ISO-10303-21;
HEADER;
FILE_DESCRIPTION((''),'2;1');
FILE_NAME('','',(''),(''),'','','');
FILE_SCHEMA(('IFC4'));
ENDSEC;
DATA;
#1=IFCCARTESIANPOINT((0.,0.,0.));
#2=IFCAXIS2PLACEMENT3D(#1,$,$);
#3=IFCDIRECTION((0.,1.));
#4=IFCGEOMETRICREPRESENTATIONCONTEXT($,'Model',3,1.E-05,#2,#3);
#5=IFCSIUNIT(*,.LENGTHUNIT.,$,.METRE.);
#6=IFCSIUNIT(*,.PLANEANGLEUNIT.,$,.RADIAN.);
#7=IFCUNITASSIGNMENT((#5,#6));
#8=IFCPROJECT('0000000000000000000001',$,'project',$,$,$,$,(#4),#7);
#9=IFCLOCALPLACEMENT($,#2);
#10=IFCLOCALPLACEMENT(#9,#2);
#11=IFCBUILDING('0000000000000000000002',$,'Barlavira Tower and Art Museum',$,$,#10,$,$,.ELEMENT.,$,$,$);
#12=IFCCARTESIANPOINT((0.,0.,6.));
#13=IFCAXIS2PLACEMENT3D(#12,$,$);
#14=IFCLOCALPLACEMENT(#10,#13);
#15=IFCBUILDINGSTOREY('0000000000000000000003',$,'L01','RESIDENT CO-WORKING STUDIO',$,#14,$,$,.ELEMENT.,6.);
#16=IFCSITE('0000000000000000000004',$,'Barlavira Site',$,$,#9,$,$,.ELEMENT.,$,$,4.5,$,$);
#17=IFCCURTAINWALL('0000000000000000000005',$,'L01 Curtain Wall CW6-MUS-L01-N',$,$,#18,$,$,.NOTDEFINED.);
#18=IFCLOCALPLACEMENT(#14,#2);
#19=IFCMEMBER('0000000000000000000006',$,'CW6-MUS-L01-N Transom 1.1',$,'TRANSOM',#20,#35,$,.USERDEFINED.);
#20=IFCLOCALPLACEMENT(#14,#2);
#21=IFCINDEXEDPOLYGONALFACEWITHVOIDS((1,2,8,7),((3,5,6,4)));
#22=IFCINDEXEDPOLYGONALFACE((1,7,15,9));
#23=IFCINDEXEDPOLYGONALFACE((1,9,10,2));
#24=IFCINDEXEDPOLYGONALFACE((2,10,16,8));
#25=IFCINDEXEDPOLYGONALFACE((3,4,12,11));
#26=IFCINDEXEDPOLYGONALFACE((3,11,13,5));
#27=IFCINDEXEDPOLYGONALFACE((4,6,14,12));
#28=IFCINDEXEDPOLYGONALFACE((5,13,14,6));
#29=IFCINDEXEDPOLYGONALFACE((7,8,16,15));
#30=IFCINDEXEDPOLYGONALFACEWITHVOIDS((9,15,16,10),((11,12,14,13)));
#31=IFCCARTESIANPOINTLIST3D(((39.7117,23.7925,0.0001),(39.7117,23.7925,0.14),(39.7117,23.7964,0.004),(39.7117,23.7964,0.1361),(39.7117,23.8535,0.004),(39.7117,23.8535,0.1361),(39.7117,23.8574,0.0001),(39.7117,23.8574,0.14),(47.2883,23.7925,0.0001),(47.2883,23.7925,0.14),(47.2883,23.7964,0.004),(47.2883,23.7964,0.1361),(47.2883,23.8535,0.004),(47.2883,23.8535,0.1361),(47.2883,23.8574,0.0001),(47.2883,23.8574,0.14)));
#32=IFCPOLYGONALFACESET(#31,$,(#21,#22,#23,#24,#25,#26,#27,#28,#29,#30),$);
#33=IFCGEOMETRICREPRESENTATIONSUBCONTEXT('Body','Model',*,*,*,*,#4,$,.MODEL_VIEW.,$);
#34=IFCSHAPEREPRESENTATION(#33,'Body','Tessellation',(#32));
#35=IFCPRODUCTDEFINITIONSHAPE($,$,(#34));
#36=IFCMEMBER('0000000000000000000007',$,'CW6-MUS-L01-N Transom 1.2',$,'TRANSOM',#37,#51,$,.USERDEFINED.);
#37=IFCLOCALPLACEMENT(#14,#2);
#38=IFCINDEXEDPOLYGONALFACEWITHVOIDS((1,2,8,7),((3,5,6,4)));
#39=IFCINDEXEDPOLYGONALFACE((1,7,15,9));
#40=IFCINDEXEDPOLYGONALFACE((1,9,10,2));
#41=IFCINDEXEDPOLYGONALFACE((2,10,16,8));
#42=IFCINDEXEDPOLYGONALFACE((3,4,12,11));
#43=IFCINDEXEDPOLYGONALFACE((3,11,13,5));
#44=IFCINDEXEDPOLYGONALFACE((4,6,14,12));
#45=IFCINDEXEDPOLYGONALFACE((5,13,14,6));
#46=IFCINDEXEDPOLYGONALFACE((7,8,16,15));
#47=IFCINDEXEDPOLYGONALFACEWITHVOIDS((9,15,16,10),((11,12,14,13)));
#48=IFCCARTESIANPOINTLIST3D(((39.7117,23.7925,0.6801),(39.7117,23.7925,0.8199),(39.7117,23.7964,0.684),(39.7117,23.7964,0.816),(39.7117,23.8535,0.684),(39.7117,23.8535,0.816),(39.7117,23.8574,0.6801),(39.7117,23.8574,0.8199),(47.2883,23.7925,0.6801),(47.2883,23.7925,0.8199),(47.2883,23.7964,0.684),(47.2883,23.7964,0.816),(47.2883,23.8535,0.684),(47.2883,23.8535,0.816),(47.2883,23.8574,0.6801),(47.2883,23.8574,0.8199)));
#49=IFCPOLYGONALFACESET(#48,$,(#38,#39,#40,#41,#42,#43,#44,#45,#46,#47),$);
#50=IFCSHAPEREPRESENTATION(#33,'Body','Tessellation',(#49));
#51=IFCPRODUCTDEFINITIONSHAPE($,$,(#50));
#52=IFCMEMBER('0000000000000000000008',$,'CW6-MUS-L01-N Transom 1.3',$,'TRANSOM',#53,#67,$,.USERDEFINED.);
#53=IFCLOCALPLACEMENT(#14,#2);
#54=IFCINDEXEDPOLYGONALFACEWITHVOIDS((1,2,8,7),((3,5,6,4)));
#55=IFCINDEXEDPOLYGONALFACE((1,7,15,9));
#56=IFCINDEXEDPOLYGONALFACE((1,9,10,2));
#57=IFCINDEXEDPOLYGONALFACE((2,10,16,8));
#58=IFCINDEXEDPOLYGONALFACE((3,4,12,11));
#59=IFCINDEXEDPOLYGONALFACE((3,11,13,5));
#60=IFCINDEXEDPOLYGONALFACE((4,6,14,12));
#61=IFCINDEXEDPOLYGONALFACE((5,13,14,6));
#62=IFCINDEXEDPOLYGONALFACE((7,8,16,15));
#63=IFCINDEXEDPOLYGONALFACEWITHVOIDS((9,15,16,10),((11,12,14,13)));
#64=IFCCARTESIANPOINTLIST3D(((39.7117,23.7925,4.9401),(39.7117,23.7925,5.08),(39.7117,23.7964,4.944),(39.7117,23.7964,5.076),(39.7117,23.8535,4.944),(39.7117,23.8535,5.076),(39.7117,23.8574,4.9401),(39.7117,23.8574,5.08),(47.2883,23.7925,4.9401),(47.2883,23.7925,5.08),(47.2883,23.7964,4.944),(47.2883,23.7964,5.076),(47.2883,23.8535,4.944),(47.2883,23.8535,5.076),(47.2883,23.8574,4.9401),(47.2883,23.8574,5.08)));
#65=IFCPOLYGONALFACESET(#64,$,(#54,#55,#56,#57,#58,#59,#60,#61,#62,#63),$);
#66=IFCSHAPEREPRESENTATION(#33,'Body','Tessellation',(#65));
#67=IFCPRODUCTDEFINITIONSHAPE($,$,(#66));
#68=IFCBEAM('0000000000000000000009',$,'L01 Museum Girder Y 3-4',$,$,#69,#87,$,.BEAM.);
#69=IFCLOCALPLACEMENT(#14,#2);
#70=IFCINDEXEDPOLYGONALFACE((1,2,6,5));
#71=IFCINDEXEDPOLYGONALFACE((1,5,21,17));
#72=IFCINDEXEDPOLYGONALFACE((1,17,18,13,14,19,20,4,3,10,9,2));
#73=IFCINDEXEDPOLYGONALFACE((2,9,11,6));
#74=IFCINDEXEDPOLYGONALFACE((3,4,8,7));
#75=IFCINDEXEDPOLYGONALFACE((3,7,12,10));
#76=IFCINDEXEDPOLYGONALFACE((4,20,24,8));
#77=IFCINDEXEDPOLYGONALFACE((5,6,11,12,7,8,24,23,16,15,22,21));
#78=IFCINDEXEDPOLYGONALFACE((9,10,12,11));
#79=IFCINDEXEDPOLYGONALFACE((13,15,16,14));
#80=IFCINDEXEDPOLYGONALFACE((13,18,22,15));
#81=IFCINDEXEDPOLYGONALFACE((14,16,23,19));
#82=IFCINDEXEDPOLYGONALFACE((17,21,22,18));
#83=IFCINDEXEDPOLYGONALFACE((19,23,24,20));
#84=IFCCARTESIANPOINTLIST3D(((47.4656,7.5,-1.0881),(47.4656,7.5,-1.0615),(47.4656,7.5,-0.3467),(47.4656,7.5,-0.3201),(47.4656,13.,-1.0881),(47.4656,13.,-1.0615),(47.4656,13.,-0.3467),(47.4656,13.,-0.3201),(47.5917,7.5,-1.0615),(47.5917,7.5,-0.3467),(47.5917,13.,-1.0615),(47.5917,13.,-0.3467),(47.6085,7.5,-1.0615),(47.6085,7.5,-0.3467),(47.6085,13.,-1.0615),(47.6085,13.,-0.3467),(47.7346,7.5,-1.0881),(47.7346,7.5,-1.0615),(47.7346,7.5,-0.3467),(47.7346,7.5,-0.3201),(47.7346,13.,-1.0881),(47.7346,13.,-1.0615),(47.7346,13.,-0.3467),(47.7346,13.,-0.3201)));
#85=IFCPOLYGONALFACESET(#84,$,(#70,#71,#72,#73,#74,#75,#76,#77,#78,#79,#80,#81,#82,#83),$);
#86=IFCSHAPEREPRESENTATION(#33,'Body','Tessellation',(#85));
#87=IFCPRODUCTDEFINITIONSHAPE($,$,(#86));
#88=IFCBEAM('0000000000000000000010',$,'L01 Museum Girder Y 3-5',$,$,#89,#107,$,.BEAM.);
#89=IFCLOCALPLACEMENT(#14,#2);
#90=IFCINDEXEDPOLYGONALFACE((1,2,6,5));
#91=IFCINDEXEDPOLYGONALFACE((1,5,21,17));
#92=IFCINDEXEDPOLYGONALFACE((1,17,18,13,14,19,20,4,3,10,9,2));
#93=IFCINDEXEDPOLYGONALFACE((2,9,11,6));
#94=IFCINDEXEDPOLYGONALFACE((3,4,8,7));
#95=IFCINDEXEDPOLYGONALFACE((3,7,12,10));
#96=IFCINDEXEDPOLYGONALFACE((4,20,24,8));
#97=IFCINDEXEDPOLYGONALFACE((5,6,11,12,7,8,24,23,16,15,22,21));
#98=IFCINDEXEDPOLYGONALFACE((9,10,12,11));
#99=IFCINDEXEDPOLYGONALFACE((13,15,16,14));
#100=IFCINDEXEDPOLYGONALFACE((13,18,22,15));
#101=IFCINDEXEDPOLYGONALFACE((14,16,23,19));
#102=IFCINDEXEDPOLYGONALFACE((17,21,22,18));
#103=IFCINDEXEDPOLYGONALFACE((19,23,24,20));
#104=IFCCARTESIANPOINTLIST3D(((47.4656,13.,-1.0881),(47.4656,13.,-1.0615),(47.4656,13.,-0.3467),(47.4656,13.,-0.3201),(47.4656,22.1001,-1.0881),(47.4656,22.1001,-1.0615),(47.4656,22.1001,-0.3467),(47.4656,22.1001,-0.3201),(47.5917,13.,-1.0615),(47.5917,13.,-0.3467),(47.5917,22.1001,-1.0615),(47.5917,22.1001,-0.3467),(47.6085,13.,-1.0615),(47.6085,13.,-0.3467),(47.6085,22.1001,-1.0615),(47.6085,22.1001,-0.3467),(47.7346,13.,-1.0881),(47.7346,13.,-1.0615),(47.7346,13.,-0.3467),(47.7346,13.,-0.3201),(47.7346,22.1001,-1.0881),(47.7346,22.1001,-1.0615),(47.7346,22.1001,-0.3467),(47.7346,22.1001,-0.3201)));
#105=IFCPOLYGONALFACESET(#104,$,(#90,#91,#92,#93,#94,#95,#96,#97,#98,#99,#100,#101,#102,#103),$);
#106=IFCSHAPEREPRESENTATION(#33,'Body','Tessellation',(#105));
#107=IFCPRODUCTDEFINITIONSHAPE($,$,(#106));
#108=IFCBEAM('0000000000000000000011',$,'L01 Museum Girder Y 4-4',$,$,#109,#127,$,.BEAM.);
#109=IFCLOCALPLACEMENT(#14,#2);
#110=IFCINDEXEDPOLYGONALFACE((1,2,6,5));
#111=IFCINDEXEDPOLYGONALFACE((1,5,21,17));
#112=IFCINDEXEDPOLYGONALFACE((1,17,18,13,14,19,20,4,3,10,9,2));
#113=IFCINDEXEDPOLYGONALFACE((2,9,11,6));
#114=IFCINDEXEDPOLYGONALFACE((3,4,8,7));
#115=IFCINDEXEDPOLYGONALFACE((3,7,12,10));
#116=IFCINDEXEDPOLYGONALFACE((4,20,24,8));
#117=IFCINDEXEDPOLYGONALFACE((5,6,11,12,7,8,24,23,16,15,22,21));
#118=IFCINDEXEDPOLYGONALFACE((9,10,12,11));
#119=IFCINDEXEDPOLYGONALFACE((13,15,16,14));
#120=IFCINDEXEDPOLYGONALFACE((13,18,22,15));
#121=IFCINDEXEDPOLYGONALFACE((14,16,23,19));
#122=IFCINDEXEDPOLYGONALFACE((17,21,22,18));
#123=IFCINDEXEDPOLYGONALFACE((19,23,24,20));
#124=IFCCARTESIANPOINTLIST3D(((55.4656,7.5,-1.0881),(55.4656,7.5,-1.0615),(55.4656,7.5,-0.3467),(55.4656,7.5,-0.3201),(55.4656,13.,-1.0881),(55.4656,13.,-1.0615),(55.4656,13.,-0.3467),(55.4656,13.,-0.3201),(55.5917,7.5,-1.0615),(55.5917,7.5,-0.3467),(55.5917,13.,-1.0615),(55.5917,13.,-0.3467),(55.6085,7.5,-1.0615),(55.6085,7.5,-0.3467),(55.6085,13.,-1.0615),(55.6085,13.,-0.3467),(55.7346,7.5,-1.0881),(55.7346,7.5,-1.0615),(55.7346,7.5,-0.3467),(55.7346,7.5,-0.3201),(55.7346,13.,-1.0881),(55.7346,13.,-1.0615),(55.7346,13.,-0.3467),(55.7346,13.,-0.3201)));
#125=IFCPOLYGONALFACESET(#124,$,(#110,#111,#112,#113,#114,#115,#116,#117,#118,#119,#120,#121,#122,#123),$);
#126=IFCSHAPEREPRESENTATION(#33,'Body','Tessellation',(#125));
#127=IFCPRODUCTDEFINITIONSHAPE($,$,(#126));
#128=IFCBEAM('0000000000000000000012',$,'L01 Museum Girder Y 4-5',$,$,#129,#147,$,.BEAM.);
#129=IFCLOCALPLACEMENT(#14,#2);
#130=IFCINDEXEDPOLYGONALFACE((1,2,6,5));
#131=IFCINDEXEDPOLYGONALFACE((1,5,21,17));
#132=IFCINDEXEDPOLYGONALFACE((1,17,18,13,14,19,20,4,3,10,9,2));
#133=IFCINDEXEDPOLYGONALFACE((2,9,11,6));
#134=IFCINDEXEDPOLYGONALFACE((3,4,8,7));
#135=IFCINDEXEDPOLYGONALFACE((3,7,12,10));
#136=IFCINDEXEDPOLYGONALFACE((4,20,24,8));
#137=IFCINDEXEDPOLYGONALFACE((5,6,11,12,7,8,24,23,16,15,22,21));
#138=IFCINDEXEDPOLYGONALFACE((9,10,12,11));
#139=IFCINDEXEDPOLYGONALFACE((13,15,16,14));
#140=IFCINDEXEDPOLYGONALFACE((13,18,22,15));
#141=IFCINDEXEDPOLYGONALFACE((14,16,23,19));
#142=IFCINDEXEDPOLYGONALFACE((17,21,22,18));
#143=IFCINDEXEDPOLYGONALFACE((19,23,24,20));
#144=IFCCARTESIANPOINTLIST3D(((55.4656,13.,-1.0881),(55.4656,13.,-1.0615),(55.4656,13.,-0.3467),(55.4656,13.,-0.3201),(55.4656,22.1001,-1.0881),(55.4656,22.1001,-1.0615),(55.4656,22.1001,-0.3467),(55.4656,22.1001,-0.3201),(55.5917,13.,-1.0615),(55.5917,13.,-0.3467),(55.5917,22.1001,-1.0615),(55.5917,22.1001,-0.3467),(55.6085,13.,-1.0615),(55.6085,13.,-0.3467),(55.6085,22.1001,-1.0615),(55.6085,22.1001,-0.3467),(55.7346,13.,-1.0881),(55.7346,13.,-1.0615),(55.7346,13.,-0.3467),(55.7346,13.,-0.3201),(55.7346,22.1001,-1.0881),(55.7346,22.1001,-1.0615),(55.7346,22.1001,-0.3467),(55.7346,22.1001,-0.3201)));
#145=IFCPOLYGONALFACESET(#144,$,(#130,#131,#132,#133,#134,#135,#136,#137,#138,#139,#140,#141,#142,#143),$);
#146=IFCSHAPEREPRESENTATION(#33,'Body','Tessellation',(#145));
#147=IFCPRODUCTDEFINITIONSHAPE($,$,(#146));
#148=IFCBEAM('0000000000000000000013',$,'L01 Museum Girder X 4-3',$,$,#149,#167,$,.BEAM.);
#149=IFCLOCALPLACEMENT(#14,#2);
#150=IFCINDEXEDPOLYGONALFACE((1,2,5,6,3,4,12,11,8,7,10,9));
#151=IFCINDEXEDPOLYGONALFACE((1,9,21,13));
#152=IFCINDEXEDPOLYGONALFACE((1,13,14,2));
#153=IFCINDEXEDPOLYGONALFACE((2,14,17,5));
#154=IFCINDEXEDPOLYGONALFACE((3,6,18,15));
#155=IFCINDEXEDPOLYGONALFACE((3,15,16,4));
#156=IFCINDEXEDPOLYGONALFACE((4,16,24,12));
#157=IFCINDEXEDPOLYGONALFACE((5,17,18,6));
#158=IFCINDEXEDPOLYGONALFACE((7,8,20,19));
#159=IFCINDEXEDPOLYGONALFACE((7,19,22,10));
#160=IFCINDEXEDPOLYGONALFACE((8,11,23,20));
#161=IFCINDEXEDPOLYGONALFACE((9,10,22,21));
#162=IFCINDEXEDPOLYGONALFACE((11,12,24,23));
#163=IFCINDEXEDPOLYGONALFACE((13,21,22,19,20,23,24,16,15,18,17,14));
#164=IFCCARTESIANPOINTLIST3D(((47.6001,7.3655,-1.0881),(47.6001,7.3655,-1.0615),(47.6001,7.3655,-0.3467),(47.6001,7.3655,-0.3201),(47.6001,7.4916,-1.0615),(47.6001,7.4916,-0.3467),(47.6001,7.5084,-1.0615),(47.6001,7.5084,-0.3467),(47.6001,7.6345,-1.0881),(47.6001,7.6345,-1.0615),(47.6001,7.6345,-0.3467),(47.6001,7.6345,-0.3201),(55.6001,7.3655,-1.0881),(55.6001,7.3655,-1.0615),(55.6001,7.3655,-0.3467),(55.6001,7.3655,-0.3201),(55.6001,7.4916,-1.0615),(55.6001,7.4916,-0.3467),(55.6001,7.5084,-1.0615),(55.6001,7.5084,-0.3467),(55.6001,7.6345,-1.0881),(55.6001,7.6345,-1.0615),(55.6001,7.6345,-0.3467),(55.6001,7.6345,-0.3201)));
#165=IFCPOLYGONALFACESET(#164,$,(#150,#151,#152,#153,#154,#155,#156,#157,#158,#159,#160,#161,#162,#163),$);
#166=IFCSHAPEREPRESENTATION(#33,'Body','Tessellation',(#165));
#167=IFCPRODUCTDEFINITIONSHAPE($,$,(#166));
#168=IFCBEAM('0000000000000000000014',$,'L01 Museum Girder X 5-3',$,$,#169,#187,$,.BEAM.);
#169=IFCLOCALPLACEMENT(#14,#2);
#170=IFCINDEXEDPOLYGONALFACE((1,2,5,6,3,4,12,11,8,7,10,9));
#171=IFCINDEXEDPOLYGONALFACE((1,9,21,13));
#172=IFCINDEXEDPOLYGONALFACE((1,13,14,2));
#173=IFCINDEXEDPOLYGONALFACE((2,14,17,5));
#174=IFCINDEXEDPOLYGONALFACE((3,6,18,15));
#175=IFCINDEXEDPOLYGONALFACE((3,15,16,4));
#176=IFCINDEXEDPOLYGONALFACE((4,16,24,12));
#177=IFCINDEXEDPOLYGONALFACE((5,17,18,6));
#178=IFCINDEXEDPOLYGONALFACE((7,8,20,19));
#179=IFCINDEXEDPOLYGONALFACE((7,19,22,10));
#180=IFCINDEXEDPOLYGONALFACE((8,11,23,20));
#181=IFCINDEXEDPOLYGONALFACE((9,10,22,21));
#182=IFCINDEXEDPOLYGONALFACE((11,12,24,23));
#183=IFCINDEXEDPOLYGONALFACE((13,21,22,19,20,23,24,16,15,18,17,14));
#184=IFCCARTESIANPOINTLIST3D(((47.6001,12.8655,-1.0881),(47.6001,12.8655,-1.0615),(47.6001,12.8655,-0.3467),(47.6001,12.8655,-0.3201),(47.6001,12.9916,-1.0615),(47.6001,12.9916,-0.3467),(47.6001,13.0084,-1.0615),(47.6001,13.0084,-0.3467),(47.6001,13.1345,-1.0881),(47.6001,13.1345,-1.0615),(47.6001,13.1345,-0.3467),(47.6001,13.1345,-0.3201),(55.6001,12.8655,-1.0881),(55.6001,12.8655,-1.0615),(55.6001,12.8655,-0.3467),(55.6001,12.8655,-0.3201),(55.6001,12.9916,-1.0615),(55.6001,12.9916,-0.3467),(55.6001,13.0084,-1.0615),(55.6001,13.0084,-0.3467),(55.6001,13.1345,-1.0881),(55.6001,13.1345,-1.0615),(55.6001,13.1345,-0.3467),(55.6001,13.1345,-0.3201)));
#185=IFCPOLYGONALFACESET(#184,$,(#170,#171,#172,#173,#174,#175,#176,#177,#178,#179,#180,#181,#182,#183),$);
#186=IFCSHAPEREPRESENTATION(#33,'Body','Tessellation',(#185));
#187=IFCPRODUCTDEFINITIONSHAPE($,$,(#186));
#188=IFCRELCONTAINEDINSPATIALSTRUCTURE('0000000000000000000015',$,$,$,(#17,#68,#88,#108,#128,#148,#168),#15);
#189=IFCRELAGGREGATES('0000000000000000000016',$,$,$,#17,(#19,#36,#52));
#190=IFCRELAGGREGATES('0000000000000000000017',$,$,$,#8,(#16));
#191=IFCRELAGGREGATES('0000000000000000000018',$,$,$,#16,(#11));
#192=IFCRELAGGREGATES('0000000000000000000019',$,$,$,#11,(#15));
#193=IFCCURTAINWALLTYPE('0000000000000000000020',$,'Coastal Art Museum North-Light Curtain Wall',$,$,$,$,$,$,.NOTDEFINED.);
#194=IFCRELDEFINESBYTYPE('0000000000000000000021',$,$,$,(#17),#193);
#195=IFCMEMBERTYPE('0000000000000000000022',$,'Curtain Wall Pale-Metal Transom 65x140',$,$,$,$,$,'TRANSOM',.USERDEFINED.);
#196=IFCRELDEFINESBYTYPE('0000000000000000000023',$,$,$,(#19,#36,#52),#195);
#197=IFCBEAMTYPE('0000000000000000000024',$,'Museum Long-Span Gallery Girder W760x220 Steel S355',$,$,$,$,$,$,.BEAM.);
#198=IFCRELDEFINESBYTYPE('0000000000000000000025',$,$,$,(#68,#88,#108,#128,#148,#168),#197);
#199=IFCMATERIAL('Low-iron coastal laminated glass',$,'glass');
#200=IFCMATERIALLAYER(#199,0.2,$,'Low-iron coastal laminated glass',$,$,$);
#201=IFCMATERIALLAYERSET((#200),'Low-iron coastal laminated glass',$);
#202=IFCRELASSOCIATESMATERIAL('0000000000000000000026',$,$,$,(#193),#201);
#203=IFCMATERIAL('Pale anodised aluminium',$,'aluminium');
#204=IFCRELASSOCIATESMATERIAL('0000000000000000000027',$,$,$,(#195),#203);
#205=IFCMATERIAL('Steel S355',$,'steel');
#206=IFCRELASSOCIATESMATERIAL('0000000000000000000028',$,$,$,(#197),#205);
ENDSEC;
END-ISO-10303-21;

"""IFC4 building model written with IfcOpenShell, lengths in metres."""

from ifc_helpers import new_model, si_unit, direction, frame, origin, origin_2d, place, context, subcontext, project, spatial, hollow_rectangle, i_section, extrude, material, layer, layer_set, material_profile, profile_set, type_object, element, aggregate, save


model = new_model("IFC4")

# Units and contexts
model_context = context("Model", 3, precision=1e-05, world=origin(), true_north=direction((0.0, 1.0)))
body_context = subcontext(model_context, "Body", "Model", "MODEL_VIEW")
ifc_project = project(units=[si_unit("LENGTHUNIT", "METRE"), si_unit("PLANEANGLEUNIT", "RADIAN")], contexts=[model_context])

# Site, building, storey
site_placement = place(None, origin())
site = spatial("IfcSite", under=ifc_project, at=site_placement, Name="Barlavira Site", CompositionType="ELEMENT", RefElevation=4.5)
building_placement = place(site_placement, origin())
building = spatial("IfcBuilding", under=site, at=building_placement, Name="Barlavira Tower and Art Museum", CompositionType="ELEMENT")
storey_placement = place(building_placement, frame((0.0, 0.0, 6.0)))
storey = spatial("IfcBuildingStorey", under=building, at=storey_placement, Name="L01", Description="RESIDENT CO-WORKING STUDIO", CompositionType="ELEMENT", Elevation=6.0)

# Curtain wall, members
ifc_material_1 = material(Name="Low-iron coastal laminated glass", Category="glass")
ifc_layer_1 = layer(ifc_material_1, 0.2, Name="Low-iron coastal laminated glass")
ifc_layer_set_1 = layer_set([ifc_layer_1], Name="Low-iron coastal laminated glass")
curtain_wall_type = type_object("IfcCurtainWallType", Name="Coastal Art Museum North-Light Curtain Wall", PredefinedType="NOTDEFINED", material=ifc_layer_set_1)
curtain_wall_placement = place(storey_placement, origin())
curtain_wall = element("IfcCurtainWall", 1, at=curtain_wall_placement, inside=storey, type_object=curtain_wall_type, Name="L01 Curtain Wall CW6-MUS-L01-N", PredefinedType="NOTDEFINED")
ifc_material_2 = material(Name="Pale anodised aluminium", Category="aluminium")
ifc_material_profile_1 = material_profile(ifc_material_2, hollow_rectangle(XDim=0.0649, YDim=0.1399, WallThickness=0.0039, at=origin_2d()), Name="ALU-TRAN 65x140x4")
ifc_profile_set_1 = profile_set([ifc_material_profile_1], Name="Pale anodised aluminium")
member_type_1 = type_object("IfcMemberType", Name="Curtain Wall Pale-Metal Transom 65x140", ElementType="TRANSOM", PredefinedType="USERDEFINED", material=ifc_profile_set_1)
member_1_placement = place(storey_placement, frame((47.2883, 23.825, 0.0701), z_axis=(-1.0, 0.0, 0.0), x_axis=(0.0, -1.0, 0.0)))
member_1 = element("IfcMember", 2, at=member_1_placement, type_object=member_type_1, Name="CW6-MUS-L01-N Transom 1.1", ObjectType="TRANSOM", PredefinedType="USERDEFINED", context=body_context, shape_type="SweptSolid", body=[
    extrude(hollow_rectangle(XDim=0.0649, YDim=0.1399, WallThickness=0.0039, at=origin_2d()), origin(), (0.0, 0.0, 1.0), 7.5767),
])
member_2_placement = place(storey_placement, frame((47.2883, 23.825, 0.75), z_axis=(-1.0, 0.0, 0.0), x_axis=(0.0, -1.0, 0.0)))
member_2 = element("IfcMember", 3, at=member_2_placement, type_object=member_type_1, Name="CW6-MUS-L01-N Transom 1.2", ObjectType="TRANSOM", PredefinedType="USERDEFINED", context=body_context, shape_type="SweptSolid", body=[
    extrude(hollow_rectangle(XDim=0.0649, YDim=0.1399, WallThickness=0.0039, at=origin_2d()), origin(), (0.0, 0.0, 1.0), 7.5767),
])
member_3_placement = place(storey_placement, frame((47.2883, 23.825, 5.01), z_axis=(-1.0, 0.0, 0.0), x_axis=(0.0, -1.0, 0.0)))
member_3 = element("IfcMember", 4, at=member_3_placement, type_object=member_type_1, Name="CW6-MUS-L01-N Transom 1.3", ObjectType="TRANSOM", PredefinedType="USERDEFINED", context=body_context, shape_type="SweptSolid", body=[
    extrude(hollow_rectangle(XDim=0.0649, YDim=0.1399, WallThickness=0.0039, at=origin_2d()), origin(), (0.0, 0.0, 1.0), 7.5767),
])

# Beams
ifc_material_3 = material(Name="Steel S355", Category="steel")
ifc_material_profile_2 = material_profile(ifc_material_3, i_section(OverallWidth=0.269, OverallDepth=0.7681, WebThickness=0.0168, FlangeThickness=0.0266, at=origin_2d()), Name="W760x220.0")
ifc_profile_set_2 = profile_set([ifc_material_profile_2], Name="Steel S355")
beam_type_1 = type_object("IfcBeamType", Name="Museum Long-Span Gallery Girder W760x220 Steel S355", PredefinedType="BEAM", material=ifc_profile_set_2)
beam_1_placement = place(storey_placement, frame((47.6001, 7.5, -0.7041), z_axis=(0.0, 1.0, 0.0), x_axis=(-1.0, 0.0, 0.0)))
element("IfcBeam", 5, at=beam_1_placement, inside=storey, type_object=beam_type_1, Name="L01 Museum Girder Y 3-4", PredefinedType="BEAM", context=body_context, shape_type="SweptSolid", body=[
    extrude(i_section(OverallWidth=0.269, OverallDepth=0.7681, WebThickness=0.0168, FlangeThickness=0.0266, at=origin_2d()), origin(), (0.0, 0.0, 1.0), 5.5),
])
beam_2_placement = place(storey_placement, frame((47.6001, 13.0, -0.7041), z_axis=(0.0, 1.0, 0.0), x_axis=(-1.0, 0.0, 0.0)))
element("IfcBeam", 6, at=beam_2_placement, inside=storey, type_object=beam_type_1, Name="L01 Museum Girder Y 3-5", PredefinedType="BEAM", context=body_context, shape_type="SweptSolid", body=[
    extrude(i_section(OverallWidth=0.269, OverallDepth=0.7681, WebThickness=0.0168, FlangeThickness=0.0266, at=origin_2d()), origin(), (0.0, 0.0, 1.0), 9.1001),
])
beam_3_placement = place(storey_placement, frame((55.6001, 7.5, -0.7041), z_axis=(0.0, 1.0, 0.0), x_axis=(-1.0, 0.0, 0.0)))
element("IfcBeam", 7, at=beam_3_placement, inside=storey, type_object=beam_type_1, Name="L01 Museum Girder Y 4-4", PredefinedType="BEAM", context=body_context, shape_type="SweptSolid", body=[
    extrude(i_section(OverallWidth=0.269, OverallDepth=0.7681, WebThickness=0.0168, FlangeThickness=0.0266, at=origin_2d()), origin(), (0.0, 0.0, 1.0), 5.5),
])
beam_4_placement = place(storey_placement, frame((55.6001, 13.0, -0.7041), z_axis=(0.0, 1.0, 0.0), x_axis=(-1.0, 0.0, 0.0)))
element("IfcBeam", 8, at=beam_4_placement, inside=storey, type_object=beam_type_1, Name="L01 Museum Girder Y 4-5", PredefinedType="BEAM", context=body_context, shape_type="SweptSolid", body=[
    extrude(i_section(OverallWidth=0.269, OverallDepth=0.7681, WebThickness=0.0168, FlangeThickness=0.0266, at=origin_2d()), origin(), (0.0, 0.0, 1.0), 9.1001),
])
for number, where, z_axis, x_axis, name in (
    (9, (47.6001, 7.5, -0.7041), (1.0, 0.0, 0.0), (0.0, 1.0, 0.0), "L01 Museum Girder X 4-3"),
    (10, (47.6001, 13.0, -0.7041), (1.0, 0.0, 0.0), (0.0, 1.0, 0.0), "L01 Museum Girder X 5-3"),
):
    element("IfcBeam", number, at=place(storey_placement, frame(where, z_axis=z_axis, x_axis=x_axis)), inside=storey, type_object=beam_type_1, Name=name, PredefinedType="BEAM", context=body_context, shape_type="SweptSolid", body=[
        extrude(i_section(OverallWidth=0.269, OverallDepth=0.7681, WebThickness=0.0168, FlangeThickness=0.0266, at=origin_2d()), origin(), (0.0, 0.0, 1.0), 8.0),
    ])

aggregate(curtain_wall, [member_1, member_2, member_3])

save(model, "model.ifc")
